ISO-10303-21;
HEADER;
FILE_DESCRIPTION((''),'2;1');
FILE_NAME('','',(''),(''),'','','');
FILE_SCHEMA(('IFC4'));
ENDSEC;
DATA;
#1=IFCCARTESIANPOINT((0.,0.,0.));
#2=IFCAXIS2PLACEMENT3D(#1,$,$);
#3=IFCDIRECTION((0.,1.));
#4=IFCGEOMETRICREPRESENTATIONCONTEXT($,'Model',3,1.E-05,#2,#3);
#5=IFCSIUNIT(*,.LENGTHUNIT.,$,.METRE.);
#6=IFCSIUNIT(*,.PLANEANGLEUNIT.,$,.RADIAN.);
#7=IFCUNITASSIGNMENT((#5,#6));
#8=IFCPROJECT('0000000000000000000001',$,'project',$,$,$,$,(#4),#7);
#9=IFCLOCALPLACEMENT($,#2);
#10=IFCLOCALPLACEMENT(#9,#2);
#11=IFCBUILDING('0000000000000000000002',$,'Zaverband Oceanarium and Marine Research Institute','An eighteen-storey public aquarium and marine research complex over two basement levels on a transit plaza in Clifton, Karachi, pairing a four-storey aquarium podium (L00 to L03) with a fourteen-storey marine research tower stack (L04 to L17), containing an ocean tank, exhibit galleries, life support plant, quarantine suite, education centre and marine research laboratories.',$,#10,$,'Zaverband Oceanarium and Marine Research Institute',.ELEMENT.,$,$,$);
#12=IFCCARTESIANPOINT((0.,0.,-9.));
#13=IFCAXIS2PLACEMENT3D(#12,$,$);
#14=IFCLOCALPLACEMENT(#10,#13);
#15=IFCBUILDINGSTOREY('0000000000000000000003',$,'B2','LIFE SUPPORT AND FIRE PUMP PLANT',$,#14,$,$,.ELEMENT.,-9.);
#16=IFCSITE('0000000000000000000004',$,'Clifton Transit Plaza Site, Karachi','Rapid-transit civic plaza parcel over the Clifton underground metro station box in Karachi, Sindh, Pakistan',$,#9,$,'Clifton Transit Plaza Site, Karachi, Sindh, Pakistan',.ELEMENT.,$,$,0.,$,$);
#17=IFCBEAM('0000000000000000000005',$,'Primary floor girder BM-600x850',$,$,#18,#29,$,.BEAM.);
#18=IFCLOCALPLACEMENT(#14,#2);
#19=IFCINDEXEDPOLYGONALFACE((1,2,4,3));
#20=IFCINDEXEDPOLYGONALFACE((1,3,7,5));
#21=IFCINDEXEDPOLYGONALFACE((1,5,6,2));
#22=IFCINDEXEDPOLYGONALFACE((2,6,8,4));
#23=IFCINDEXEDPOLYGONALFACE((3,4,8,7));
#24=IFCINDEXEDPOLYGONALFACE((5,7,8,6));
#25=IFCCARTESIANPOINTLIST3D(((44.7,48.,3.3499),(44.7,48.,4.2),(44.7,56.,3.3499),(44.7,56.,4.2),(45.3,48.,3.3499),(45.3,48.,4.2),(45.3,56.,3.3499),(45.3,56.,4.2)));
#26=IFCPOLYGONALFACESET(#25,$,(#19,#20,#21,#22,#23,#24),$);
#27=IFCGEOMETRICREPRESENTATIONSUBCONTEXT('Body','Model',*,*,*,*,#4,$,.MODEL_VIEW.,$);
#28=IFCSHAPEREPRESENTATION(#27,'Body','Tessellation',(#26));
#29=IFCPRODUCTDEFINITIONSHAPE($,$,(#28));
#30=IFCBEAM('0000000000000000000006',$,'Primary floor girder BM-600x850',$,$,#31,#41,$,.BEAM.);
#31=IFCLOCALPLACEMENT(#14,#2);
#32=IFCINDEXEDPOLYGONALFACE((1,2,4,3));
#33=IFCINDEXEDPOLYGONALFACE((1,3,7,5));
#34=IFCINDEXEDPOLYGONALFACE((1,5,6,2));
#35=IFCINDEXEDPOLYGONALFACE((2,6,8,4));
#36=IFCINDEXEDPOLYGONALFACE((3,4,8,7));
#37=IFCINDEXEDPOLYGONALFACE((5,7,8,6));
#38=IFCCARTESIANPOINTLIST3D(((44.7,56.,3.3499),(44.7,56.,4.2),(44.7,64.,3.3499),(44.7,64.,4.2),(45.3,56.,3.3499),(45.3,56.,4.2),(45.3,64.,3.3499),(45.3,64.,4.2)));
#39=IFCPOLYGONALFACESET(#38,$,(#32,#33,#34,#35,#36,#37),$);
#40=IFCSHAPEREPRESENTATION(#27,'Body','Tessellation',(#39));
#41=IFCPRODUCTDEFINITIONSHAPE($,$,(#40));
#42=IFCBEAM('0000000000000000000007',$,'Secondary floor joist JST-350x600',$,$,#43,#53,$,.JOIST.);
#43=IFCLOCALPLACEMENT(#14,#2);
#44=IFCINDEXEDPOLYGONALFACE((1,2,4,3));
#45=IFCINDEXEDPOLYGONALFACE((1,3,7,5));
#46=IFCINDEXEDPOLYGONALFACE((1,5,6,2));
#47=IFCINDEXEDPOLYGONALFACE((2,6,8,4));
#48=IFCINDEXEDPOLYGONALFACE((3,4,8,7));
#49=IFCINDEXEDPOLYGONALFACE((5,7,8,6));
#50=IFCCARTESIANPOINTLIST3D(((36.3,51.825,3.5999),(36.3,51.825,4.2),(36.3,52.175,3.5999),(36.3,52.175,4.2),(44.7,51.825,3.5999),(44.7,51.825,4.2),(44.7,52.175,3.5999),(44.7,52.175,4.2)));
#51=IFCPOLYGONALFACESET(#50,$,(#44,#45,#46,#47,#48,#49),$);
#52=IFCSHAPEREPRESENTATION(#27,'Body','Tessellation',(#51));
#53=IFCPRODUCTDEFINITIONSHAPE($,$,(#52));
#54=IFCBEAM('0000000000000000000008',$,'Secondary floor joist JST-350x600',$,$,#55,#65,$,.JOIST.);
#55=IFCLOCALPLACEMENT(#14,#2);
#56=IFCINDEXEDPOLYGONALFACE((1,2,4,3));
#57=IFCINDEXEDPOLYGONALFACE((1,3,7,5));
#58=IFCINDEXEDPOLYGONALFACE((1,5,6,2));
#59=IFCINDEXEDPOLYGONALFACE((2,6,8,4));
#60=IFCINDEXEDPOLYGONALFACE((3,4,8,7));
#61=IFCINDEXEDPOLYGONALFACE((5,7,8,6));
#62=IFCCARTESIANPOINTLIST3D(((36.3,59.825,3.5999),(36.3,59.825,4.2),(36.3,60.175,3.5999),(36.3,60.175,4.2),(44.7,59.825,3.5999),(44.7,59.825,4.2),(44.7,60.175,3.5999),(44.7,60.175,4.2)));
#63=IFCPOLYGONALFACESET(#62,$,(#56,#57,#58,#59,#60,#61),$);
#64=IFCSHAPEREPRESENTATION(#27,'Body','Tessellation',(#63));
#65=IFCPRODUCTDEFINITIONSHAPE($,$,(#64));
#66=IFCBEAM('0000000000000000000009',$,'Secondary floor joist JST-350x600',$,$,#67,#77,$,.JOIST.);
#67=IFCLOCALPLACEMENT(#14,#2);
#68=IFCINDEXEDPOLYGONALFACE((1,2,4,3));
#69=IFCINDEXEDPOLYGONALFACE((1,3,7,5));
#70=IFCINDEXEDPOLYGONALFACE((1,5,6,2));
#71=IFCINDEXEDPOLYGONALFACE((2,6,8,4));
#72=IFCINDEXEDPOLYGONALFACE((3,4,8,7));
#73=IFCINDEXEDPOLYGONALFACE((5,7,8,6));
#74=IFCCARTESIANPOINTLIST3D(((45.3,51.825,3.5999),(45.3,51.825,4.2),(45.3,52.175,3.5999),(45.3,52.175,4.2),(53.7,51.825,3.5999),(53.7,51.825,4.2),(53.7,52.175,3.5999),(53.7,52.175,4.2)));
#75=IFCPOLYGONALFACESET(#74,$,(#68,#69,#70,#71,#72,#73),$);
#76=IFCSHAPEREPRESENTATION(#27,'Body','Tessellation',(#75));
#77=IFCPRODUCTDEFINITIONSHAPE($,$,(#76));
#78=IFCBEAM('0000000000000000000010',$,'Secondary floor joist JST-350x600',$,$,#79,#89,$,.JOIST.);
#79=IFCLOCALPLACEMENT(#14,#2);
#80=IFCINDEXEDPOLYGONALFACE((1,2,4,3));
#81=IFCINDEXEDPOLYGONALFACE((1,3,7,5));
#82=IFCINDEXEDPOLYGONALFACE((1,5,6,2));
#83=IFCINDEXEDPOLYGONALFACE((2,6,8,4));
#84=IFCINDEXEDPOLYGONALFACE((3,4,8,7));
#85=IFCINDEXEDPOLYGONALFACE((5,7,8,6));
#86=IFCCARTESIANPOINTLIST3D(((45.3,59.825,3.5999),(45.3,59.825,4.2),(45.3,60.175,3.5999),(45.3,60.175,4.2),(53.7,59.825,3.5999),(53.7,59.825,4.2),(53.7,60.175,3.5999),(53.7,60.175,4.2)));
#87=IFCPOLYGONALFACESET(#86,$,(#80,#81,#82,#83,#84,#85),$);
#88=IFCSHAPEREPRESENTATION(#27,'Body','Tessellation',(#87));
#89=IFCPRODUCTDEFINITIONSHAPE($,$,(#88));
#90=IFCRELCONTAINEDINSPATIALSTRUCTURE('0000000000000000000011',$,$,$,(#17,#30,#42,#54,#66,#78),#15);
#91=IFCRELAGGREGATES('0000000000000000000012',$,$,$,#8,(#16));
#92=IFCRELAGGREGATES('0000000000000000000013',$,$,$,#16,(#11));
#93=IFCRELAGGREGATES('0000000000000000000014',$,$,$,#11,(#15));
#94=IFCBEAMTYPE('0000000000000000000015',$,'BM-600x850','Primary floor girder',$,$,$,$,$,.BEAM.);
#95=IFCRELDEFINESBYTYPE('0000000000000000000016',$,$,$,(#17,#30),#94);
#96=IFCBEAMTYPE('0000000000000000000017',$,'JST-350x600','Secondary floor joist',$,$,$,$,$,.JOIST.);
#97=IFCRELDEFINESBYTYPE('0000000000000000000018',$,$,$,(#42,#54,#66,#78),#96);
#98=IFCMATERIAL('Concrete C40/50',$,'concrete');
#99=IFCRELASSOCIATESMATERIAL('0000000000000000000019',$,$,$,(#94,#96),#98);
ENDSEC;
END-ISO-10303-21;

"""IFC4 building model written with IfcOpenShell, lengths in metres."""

from ifc_helpers import new_model, si_unit, direction, frame, origin, origin_2d, place, context, subcontext, project, spatial, rectangle, extrude, material, material_profile, profile_set, type_object, element, save


model = new_model("IFC4")

# Units and contexts
model_context = context("Model", 3, precision=1e-05, world=origin(), true_north=direction((0.0, 1.0)))
body_context = subcontext(model_context, "Body", "Model", "MODEL_VIEW")
ifc_project = project(units=[si_unit("LENGTHUNIT", "METRE"), si_unit("PLANEANGLEUNIT", "RADIAN")], contexts=[model_context])

# Site, building, storey
site_placement = place(None, origin())
site = spatial("IfcSite", under=ifc_project, at=site_placement, Name="Clifton Transit Plaza Site, Karachi", Description="Rapid-transit civic plaza parcel over the Clifton underground metro station box in Karachi, Sindh, Pakistan", LongName="Clifton Transit Plaza Site, Karachi, Sindh, Pakistan", CompositionType="ELEMENT", RefElevation=0.0)
building_placement = place(site_placement, origin())
building = spatial("IfcBuilding", under=site, at=building_placement, Name="Zaverband Oceanarium and Marine Research Institute", Description="An eighteen-storey public aquarium and marine research complex over two basement levels on a transit plaza in Clifton, Karachi, pairing a four-storey aquarium podium (L00 to L03) with a fourteen-storey marine research tower stack (L04 to L17), containing an ocean tank, exhibit galleries, life support plant, quarantine suite, education centre and marine research laboratories.", LongName="Zaverband Oceanarium and Marine Research Institute", CompositionType="ELEMENT")
storey_placement = place(building_placement, frame((0.0, 0.0, -9.0)))
storey = spatial("IfcBuildingStorey", under=building, at=storey_placement, Name="B2", Description="LIFE SUPPORT AND FIRE PUMP PLANT", CompositionType="ELEMENT", Elevation=-9.0)

# Beams
ifc_material_1 = material(Name="Concrete C40/50", Category="concrete")
ifc_material_profile_1 = material_profile(ifc_material_1, rectangle(XDim=0.6001, YDim=0.8501, at=origin_2d()), Name="RC600x850")
ifc_profile_set_1 = profile_set([ifc_material_profile_1], Name="Concrete C40/50")
beam_type_1 = type_object("IfcBeamType", Name="BM-600x850", Description="Primary floor girder", PredefinedType="BEAM", material=ifc_profile_set_1)
for number, where, z_axis, x_axis, name in (
    (1, (45.0, 48.0, 3.7749), (0.0, 1.0, 0.0), (-1.0, 0.0, 0.0), "Primary floor girder BM-600x850"),
    (2, (45.0, 56.0, 3.7749), (0.0, 1.0, 0.0), (-1.0, 0.0, 0.0), "Primary floor girder BM-600x850"),
):
    element("IfcBeam", number, at=place(storey_placement, frame(where, z_axis=z_axis, x_axis=x_axis)), inside=storey, type_object=beam_type_1, Name=name, PredefinedType="BEAM", context=body_context, shape_type="SweptSolid", body=[
        extrude(rectangle(XDim=0.6001, YDim=0.8501, at=origin_2d()), origin(), (0.0, 0.0, 1.0), 8.0),
    ])
ifc_material_profile_2 = material_profile(ifc_material_1, rectangle(XDim=0.3501, YDim=0.6001, at=origin_2d()), Name="RC350x600")
ifc_profile_set_2 = profile_set([ifc_material_profile_2], Name="Concrete C40/50")
beam_type_2 = type_object("IfcBeamType", Name="JST-350x600", Description="Secondary floor joist", PredefinedType="JOIST", material=ifc_profile_set_2)
for number, where, z_axis, x_axis, name in (
    (3, (36.3, 52.0, 3.8999), (1.0, 0.0, 0.0), (0.0, 1.0, 0.0), "Secondary floor joist JST-350x600"),
    (4, (36.3, 60.0, 3.8999), (1.0, 0.0, 0.0), (0.0, 1.0, 0.0), "Secondary floor joist JST-350x600"),
    (5, (45.3, 52.0, 3.8999), (1.0, 0.0, 0.0), (0.0, 1.0, 0.0), "Secondary floor joist JST-350x600"),
    (6, (45.3, 60.0, 3.8999), (1.0, 0.0, 0.0), (0.0, 1.0, 0.0), "Secondary floor joist JST-350x600"),
):
    element("IfcBeam", number, at=place(storey_placement, frame(where, z_axis=z_axis, x_axis=x_axis)), inside=storey, type_object=beam_type_2, Name=name, PredefinedType="JOIST", context=body_context, shape_type="SweptSolid", body=[
        extrude(rectangle(XDim=0.3501, YDim=0.6001, at=origin_2d()), origin(), (0.0, 0.0, 1.0), 8.3999),
    ])

save(model, "model.ifc")
